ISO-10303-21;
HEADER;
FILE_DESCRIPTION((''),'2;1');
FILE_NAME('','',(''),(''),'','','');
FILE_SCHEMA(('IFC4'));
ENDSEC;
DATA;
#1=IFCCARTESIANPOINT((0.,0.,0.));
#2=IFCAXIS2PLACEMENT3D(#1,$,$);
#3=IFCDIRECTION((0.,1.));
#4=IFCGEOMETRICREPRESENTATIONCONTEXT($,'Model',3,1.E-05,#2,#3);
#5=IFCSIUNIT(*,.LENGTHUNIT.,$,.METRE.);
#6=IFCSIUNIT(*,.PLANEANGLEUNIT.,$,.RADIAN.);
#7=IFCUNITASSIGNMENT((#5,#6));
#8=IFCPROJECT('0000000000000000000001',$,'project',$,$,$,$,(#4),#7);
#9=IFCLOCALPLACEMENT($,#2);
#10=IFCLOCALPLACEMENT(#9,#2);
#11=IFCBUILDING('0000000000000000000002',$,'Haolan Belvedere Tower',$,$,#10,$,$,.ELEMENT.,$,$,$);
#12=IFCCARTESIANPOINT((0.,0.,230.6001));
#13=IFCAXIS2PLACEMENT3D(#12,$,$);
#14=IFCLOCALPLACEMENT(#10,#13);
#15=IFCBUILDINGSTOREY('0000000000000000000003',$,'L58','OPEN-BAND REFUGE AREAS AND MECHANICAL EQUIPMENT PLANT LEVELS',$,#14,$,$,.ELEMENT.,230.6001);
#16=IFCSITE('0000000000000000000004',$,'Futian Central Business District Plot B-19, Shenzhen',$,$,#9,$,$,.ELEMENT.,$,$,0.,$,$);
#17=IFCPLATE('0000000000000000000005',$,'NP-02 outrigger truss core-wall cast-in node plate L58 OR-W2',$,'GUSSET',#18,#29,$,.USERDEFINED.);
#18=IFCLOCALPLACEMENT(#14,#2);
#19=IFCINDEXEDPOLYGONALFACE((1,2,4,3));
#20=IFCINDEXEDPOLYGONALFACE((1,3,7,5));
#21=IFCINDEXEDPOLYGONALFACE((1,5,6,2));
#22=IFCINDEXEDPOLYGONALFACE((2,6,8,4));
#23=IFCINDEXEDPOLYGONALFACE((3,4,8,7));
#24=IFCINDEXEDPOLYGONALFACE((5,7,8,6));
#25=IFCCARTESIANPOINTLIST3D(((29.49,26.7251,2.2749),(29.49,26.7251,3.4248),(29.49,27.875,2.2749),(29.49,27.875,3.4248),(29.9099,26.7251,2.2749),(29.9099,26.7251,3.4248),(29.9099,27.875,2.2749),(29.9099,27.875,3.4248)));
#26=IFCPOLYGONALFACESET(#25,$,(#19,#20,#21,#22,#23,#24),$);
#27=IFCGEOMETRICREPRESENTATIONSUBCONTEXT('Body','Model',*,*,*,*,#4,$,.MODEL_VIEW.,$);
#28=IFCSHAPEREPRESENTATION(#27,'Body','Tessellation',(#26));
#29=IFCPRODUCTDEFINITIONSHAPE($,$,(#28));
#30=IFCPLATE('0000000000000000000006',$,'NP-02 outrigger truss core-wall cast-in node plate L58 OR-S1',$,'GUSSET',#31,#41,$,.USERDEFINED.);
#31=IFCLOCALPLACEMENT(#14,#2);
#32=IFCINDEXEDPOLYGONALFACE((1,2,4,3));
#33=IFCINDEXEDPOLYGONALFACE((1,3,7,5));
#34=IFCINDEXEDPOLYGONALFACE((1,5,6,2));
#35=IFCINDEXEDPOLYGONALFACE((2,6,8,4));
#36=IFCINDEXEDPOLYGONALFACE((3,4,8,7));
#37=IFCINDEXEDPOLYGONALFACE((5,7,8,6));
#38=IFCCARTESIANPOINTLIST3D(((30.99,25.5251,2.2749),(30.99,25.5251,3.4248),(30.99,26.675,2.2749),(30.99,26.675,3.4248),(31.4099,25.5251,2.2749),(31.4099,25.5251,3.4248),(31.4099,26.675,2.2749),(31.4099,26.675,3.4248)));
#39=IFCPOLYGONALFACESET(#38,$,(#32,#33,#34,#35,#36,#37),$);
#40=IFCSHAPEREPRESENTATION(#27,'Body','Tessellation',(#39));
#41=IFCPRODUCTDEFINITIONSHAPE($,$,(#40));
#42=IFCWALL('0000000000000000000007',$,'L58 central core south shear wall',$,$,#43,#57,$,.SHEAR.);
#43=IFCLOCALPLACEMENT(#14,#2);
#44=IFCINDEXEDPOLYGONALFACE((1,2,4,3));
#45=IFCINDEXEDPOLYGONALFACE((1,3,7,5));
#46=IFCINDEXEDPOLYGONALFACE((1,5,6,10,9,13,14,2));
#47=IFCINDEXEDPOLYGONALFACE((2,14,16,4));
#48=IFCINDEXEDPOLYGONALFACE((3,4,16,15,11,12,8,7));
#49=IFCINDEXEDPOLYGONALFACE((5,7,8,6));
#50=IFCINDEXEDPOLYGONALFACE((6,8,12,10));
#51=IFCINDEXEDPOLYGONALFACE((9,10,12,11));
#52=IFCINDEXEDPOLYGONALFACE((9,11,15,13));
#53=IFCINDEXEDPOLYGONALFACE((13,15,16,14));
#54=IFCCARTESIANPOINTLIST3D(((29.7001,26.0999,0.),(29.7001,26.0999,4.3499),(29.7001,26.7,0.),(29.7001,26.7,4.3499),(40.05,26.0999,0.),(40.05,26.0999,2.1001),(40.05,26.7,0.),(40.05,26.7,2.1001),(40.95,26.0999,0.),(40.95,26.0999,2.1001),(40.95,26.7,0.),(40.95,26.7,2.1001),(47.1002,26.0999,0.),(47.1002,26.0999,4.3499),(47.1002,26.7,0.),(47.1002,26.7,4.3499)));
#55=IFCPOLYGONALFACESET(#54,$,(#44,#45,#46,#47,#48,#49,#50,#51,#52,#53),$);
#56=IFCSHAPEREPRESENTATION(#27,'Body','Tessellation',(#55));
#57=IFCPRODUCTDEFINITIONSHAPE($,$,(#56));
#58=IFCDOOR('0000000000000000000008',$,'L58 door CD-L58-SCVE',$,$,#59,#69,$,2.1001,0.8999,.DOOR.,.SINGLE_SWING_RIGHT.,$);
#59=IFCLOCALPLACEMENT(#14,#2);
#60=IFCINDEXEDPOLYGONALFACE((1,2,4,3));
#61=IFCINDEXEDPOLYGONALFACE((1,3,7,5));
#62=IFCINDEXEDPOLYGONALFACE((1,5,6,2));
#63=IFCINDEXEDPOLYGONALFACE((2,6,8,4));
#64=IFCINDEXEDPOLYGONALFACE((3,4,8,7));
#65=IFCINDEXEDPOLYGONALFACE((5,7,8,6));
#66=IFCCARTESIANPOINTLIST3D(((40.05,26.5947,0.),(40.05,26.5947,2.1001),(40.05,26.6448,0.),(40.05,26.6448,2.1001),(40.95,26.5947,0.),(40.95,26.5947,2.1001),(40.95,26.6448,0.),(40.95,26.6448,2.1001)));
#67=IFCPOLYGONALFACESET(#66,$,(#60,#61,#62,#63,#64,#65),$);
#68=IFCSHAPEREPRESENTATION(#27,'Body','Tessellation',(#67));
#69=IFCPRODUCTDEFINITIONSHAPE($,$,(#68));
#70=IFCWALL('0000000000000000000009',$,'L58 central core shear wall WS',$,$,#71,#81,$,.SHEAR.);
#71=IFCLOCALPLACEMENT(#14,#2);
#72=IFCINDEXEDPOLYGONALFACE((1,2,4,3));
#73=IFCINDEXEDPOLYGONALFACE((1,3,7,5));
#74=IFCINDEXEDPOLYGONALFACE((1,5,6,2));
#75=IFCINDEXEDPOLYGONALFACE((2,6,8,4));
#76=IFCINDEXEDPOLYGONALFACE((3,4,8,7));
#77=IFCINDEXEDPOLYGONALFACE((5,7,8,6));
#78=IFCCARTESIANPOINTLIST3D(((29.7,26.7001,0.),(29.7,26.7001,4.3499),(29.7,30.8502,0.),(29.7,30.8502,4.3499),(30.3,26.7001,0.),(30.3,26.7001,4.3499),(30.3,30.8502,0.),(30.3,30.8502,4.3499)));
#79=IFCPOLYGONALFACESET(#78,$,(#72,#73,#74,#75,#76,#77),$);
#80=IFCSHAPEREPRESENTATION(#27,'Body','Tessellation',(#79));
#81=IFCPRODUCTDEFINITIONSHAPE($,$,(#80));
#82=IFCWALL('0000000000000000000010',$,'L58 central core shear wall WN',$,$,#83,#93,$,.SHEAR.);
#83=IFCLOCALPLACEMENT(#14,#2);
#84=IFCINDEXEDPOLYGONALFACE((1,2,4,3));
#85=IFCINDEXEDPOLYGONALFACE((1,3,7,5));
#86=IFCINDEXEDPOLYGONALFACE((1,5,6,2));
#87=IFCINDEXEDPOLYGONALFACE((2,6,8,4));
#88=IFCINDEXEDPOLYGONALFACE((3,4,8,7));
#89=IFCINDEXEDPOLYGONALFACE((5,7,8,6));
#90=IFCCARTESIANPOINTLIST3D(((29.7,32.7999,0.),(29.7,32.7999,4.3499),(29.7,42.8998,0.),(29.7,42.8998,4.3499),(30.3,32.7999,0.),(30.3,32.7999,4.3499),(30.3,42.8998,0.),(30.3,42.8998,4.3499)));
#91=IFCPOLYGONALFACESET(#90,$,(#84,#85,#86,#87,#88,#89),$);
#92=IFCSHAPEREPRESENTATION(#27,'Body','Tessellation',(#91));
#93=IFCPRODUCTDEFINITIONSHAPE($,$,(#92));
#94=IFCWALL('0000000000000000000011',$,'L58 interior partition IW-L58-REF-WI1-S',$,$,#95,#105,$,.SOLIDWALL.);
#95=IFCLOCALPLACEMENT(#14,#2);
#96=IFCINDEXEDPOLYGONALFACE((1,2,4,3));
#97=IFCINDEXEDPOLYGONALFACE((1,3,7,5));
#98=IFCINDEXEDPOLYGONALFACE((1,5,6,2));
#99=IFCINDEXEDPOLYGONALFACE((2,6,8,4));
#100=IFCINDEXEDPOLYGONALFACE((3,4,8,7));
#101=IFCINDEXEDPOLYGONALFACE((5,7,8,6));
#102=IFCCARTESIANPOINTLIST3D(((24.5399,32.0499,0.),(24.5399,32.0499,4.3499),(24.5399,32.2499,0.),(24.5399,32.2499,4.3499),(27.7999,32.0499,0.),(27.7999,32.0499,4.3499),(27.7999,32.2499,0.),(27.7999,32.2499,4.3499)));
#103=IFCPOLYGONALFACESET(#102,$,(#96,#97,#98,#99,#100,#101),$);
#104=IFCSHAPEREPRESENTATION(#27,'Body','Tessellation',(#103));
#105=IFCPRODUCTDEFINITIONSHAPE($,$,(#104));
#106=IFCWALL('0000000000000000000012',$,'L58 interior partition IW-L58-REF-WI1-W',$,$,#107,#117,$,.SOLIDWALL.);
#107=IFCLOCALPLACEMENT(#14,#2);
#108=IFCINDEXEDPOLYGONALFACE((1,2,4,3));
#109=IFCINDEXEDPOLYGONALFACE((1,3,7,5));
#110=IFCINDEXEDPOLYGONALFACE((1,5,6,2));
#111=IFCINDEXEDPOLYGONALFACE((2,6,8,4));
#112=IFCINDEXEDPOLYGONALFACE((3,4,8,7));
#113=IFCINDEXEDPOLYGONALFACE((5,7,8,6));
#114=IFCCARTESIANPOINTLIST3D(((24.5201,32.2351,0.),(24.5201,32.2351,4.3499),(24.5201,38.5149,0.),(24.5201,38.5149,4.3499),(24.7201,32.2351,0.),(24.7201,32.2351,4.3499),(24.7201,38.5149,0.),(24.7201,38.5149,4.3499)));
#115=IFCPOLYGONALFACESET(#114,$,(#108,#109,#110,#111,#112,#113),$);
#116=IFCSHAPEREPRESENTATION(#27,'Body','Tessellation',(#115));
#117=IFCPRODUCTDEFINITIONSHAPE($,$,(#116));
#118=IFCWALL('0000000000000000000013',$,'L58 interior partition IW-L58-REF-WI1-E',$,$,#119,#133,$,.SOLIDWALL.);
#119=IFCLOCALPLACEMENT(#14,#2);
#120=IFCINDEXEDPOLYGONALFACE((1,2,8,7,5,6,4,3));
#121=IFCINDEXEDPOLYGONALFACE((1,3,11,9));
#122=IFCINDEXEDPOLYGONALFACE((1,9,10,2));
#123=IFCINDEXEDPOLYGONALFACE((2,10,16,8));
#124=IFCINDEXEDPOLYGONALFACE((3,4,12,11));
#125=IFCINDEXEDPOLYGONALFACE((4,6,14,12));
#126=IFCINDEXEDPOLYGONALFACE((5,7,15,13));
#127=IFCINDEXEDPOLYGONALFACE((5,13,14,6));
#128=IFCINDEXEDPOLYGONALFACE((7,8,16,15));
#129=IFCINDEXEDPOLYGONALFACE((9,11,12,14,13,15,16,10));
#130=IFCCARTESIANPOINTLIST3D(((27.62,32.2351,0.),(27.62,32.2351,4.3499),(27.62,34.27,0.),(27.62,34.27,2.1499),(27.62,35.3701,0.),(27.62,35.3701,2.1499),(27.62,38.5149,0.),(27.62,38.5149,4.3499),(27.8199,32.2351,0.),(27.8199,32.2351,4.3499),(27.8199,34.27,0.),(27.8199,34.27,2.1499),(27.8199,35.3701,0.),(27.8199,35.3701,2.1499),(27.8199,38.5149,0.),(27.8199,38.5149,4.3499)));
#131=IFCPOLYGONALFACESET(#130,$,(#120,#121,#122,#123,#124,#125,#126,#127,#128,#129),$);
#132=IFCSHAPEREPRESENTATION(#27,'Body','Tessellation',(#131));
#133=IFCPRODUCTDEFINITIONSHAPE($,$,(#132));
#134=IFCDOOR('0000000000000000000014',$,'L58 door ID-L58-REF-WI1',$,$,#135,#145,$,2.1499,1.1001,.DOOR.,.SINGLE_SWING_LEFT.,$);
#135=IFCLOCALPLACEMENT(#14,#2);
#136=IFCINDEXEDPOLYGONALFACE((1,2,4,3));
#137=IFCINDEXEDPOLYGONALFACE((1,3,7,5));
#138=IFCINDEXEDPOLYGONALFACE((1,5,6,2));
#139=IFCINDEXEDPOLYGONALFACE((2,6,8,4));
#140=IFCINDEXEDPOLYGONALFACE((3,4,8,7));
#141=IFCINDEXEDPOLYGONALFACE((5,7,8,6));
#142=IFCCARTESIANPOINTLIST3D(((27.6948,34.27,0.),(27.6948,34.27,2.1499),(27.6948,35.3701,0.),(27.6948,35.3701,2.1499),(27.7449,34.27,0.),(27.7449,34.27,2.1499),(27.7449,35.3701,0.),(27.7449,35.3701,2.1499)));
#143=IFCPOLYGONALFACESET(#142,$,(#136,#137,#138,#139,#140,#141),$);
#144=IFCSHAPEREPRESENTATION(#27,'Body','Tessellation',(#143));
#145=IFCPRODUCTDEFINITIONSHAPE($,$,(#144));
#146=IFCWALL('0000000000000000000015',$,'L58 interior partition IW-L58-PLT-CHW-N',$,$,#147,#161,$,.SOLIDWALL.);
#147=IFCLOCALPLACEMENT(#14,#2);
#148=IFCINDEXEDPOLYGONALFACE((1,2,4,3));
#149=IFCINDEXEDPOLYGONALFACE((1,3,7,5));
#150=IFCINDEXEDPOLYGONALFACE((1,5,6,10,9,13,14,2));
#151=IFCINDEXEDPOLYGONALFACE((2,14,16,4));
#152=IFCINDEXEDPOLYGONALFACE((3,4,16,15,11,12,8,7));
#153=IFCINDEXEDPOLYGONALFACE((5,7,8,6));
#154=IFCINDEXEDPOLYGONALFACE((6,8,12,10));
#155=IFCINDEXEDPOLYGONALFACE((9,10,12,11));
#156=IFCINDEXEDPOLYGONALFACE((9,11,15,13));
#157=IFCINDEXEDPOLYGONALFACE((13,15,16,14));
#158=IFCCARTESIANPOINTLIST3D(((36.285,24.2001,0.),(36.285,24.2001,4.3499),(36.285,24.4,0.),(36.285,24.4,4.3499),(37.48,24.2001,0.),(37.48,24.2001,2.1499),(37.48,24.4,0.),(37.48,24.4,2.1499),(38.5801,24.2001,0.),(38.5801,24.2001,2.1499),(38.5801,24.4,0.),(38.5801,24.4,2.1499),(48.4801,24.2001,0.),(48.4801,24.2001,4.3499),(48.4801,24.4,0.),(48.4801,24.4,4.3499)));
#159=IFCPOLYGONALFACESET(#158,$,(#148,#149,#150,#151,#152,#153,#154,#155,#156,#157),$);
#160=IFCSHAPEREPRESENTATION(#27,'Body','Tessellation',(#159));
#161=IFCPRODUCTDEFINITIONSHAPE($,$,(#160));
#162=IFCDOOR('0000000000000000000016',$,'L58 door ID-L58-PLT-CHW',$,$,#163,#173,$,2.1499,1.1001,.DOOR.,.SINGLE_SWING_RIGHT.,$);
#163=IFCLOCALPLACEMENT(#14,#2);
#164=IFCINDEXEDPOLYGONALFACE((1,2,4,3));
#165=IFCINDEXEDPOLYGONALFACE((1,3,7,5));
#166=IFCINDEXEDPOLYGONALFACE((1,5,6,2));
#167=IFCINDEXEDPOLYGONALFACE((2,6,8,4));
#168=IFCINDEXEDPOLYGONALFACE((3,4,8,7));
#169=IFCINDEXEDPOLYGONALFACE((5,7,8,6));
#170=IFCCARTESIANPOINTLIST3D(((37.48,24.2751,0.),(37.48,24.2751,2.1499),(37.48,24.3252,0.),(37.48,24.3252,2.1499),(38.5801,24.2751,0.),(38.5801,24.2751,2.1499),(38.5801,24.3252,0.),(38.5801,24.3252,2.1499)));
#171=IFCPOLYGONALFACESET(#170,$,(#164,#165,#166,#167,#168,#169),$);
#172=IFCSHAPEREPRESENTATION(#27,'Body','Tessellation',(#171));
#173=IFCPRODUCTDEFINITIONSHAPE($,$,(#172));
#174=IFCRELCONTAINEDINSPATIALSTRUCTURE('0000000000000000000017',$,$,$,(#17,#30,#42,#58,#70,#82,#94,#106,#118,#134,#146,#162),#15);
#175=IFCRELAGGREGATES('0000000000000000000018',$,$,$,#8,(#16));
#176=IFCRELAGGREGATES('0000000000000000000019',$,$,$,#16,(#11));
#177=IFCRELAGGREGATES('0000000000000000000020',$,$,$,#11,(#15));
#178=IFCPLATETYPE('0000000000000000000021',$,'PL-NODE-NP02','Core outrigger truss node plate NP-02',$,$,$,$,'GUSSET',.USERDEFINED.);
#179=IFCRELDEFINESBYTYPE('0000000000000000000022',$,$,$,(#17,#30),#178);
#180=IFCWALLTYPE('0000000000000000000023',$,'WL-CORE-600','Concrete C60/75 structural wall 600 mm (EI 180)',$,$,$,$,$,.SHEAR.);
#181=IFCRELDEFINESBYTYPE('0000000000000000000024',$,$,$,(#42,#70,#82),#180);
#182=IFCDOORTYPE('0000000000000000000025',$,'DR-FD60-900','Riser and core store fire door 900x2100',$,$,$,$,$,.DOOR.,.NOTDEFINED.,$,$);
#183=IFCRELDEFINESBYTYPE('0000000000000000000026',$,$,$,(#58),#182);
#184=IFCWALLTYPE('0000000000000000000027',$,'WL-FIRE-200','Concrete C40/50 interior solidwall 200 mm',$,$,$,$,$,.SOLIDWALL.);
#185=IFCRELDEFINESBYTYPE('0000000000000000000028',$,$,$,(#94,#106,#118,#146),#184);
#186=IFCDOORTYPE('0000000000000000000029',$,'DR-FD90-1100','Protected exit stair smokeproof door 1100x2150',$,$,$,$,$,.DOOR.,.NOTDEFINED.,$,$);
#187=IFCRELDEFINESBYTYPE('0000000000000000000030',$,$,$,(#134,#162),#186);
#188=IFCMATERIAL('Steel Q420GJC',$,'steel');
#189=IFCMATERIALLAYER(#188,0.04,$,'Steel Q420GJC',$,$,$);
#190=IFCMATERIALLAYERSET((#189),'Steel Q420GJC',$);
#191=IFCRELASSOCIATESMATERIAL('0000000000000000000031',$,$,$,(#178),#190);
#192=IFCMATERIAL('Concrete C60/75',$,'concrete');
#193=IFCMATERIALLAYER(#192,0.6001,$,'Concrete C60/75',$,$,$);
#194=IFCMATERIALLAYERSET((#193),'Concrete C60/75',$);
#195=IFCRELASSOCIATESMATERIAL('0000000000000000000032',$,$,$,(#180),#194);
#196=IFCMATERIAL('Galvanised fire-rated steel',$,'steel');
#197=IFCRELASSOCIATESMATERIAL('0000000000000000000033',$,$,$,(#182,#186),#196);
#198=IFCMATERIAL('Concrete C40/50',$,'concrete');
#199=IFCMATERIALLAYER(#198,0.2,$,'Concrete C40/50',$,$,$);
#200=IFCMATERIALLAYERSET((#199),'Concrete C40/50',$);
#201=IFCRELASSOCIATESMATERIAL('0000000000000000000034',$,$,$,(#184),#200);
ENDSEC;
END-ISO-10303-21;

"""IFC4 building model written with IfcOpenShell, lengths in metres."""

from ifc_helpers import new_model, si_unit, direction, frame, frame_2d, origin, origin_2d, place, context, subcontext, project, spatial, rectangle, extrude, material, layer, layer_set, type_object, element, fill, save


model = new_model("IFC4")

# Units and contexts
model_context = context("Model", 3, precision=1e-05, world=origin(), true_north=direction((0.0, 1.0)))
body_context = subcontext(model_context, "Body", "Model", "MODEL_VIEW")
ifc_project = project(units=[si_unit("LENGTHUNIT", "METRE"), si_unit("PLANEANGLEUNIT", "RADIAN")], contexts=[model_context])

# Site, building, storey
site_placement = place(None, origin())
site = spatial("IfcSite", under=ifc_project, at=site_placement, Name="Futian Central Business District Plot B-19, Shenzhen", CompositionType="ELEMENT", RefElevation=0.0)
building_placement = place(site_placement, origin())
building = spatial("IfcBuilding", under=site, at=building_placement, Name="Haolan Belvedere Tower", CompositionType="ELEMENT")
storey_placement = place(building_placement, frame((0.0, 0.0, 230.6001)))
storey = spatial("IfcBuildingStorey", under=building, at=storey_placement, Name="L58", Description="OPEN-BAND REFUGE AREAS AND MECHANICAL EQUIPMENT PLANT LEVELS", CompositionType="ELEMENT", Elevation=230.6001)

# Shared definitions
ifc_material_1 = material(Name="Steel Q420GJC", Category="steel")
ifc_material_2 = material(Name="Concrete C60/75", Category="concrete")

# Plates
ifc_layer_1 = layer(ifc_material_1, 0.04, Name="Steel Q420GJC")
ifc_layer_set_1 = layer_set([ifc_layer_1], Name="Steel Q420GJC")
plate_type_1 = type_object("IfcPlateType", Name="PL-NODE-NP02", Description="Core outrigger truss node plate NP-02", ElementType="GUSSET", PredefinedType="USERDEFINED", material=ifc_layer_set_1)
for number, where, z_axis, x_axis, name in (
    (1, (29.7, 27.3, 2.2749), (0.0, 0.0, 1.0), (1.0, 0.0, 0.0), "NP-02 outrigger truss core-wall cast-in node plate L58 OR-W2"),
    (2, (31.2, 26.1001, 2.2749), (0.0, 0.0, 1.0), (1.0, 0.0, 0.0), "NP-02 outrigger truss core-wall cast-in node plate L58 OR-S1"),
):
    element("IfcPlate", number, at=place(storey_placement, frame(where, z_axis=z_axis, x_axis=x_axis)), inside=storey, type_object=plate_type_1, Name=name, ObjectType="GUSSET", PredefinedType="USERDEFINED", context=body_context, shape_type="SweptSolid", body=[
        extrude(rectangle(XDim=0.4199, YDim=1.1499, at=origin_2d()), origin(), (0.0, 0.0, 1.0), 1.1499),
    ])

# Wall, opening, door
ifc_layer_2 = layer(ifc_material_2, 0.6001, Name="Concrete C60/75")
ifc_layer_set_2 = layer_set([ifc_layer_2], Name="Concrete C60/75")
wall_type_1 = type_object("IfcWallType", Name="WL-CORE-600", Description="Concrete C60/75 structural wall 600 mm (EI 180)", PredefinedType="SHEAR", material=ifc_layer_set_2)
wall_1_placement = place(storey_placement, frame((29.7, 26.3999, 0.0), z_axis=(0.0, 0.0, 1.0), x_axis=(1.0, 0.0, 0.0)))
wall_1 = element("IfcWall", 3, at=wall_1_placement, inside=storey, type_object=wall_type_1, Name="L58 central core south shear wall", PredefinedType="SHEAR", context=body_context, shape_type="SweptSolid", body=[
    extrude(rectangle(XDim=17.4001, YDim=0.6001, at=frame_2d((8.7002, 0.0))), origin(), (0.0, 0.0, 1.0), 4.3499),
])
opening_1_placement = place(wall_1_placement, frame((11.25, 0.0, 0.0), z_axis=(0.0, 0.0, 1.0), x_axis=(-1.0, 0.0, 0.0)))
opening_1 = element("IfcOpeningElement", 4, at=opening_1_placement, cuts=wall_1, PredefinedType="OPENING", context=body_context, shape_type="SweptSolid", body=[
    extrude(rectangle(XDim=0.8999, YDim=2.1001, at=frame_2d((0.45, 1.05))), frame((0.0, 0.3101, 0.0), z_axis=(0.0, -1.0, 0.0), x_axis=(1.0, 0.0, 0.0)), (0.0, 0.0, 1.0), 0.6201),
])
ifc_material_3 = material(Name="Galvanised fire-rated steel", Category="steel")
door_type_1 = type_object("IfcDoorType", Name="DR-FD60-900", Description="Riser and core store fire door 900x2100", OperationType="NOTDEFINED", PredefinedType="DOOR", material=ifc_material_3)
door_1_placement = place(opening_1_placement, origin())
door_1 = element("IfcDoor", 5, at=door_1_placement, inside=storey, type_object=door_type_1, Name="L58 door CD-L58-SCVE", OperationType="SINGLE_SWING_RIGHT", OverallHeight=2.1001, OverallWidth=0.8999, PredefinedType="DOOR", context=body_context, shape_type="SweptSolid", body=[
    extrude(rectangle(XDim=0.8999, YDim=2.1001, at=frame_2d((0.45, 1.05))), frame((0.0, -0.1948, 0.0), z_axis=(0.0, -1.0, 0.0), x_axis=(1.0, 0.0, 0.0)), (0.0, 0.0, 1.0), 0.05),
])
fill(opening_1, door_1)

# Walls
wall_2_placement = place(storey_placement, frame((30.0, 26.7, 0.0), z_axis=(0.0, 0.0, 1.0), x_axis=(0.0, 1.0, 0.0)))
element("IfcWall", 6, at=wall_2_placement, inside=storey, type_object=wall_type_1, Name="L58 central core shear wall WS", PredefinedType="SHEAR", context=body_context, shape_type="SweptSolid", body=[
    extrude(rectangle(XDim=4.1501, YDim=0.6001, at=frame_2d((2.0752, 0.0))), origin(), (0.0, 0.0, 1.0), 4.3499),
])
wall_3_placement = place(storey_placement, frame((30.0, 32.8, 0.0), z_axis=(0.0, 0.0, 1.0), x_axis=(0.0, 1.0, 0.0)))
element("IfcWall", 7, at=wall_3_placement, inside=storey, type_object=wall_type_1, Name="L58 central core shear wall WN", PredefinedType="SHEAR", context=body_context, shape_type="SweptSolid", body=[
    extrude(rectangle(XDim=10.0999, YDim=0.6001, at=frame_2d((5.0498, 0.0))), origin(), (0.0, 0.0, 1.0), 4.3499),
])
ifc_material_4 = material(Name="Concrete C40/50", Category="concrete")
ifc_layer_3 = layer(ifc_material_4, 0.2, Name="Concrete C40/50")
ifc_layer_set_3 = layer_set([ifc_layer_3], Name="Concrete C40/50")
wall_type_2 = type_object("IfcWallType", Name="WL-FIRE-200", Description="Concrete C40/50 interior solidwall 200 mm", PredefinedType="SOLIDWALL", material=ifc_layer_set_3)
wall_4_placement = place(storey_placement, frame((24.54, 32.1499, 0.0), z_axis=(0.0, 0.0, 1.0), x_axis=(1.0, 0.0, 0.0)))
element("IfcWall", 8, at=wall_4_placement, inside=storey, type_object=wall_type_2, Name="L58 interior partition IW-L58-REF-WI1-S", PredefinedType="SOLIDWALL", context=body_context, shape_type="SweptSolid", body=[
    extrude(rectangle(XDim=3.26, YDim=0.2, at=frame_2d((1.6299, 0.0))), origin(), (0.0, 0.0, 1.0), 4.3499),
])
wall_5_placement = place(storey_placement, frame((24.6201, 32.2351, 0.0), z_axis=(0.0, 0.0, 1.0), x_axis=(0.0, 1.0, 0.0)))
element("IfcWall", 9, at=wall_5_placement, inside=storey, type_object=wall_type_2, Name="L58 interior partition IW-L58-REF-WI1-W", PredefinedType="SOLIDWALL", context=body_context, shape_type="SweptSolid", body=[
    extrude(rectangle(XDim=6.2798, YDim=0.2, at=frame_2d((3.1399, 0.0))), origin(), (0.0, 0.0, 1.0), 4.3499),
])

# Walls, openings, doors
wall_6_placement = place(storey_placement, frame((27.72, 32.2351, 0.0), z_axis=(0.0, 0.0, 1.0), x_axis=(0.0, 1.0, 0.0)))
wall_6 = element("IfcWall", 10, at=wall_6_placement, inside=storey, type_object=wall_type_2, Name="L58 interior partition IW-L58-REF-WI1-E", PredefinedType="SOLIDWALL", context=body_context, shape_type="SweptSolid", body=[
    extrude(rectangle(XDim=6.2798, YDim=0.2, at=frame_2d((3.1399, 0.0))), origin(), (0.0, 0.0, 1.0), 4.3499),
])
opening_2_placement = place(wall_6_placement, frame((3.135, 0.0, 0.0), z_axis=(0.0, 0.0, 1.0), x_axis=(-1.0, 0.0, 0.0)))
opening_2 = element("IfcOpeningElement", 11, at=opening_2_placement, cuts=wall_6, PredefinedType="OPENING", context=body_context, shape_type="SweptSolid", body=[
    extrude(rectangle(XDim=1.1001, YDim=2.1499, at=frame_2d((0.55, 1.075))), frame((0.0, 0.1099, 0.0), z_axis=(0.0, -1.0, 0.0), x_axis=(1.0, 0.0, 0.0)), (0.0, 0.0, 1.0), 0.22),
])
door_type_2 = type_object("IfcDoorType", Name="DR-FD90-1100", Description="Protected exit stair smokeproof door 1100x2150", OperationType="NOTDEFINED", PredefinedType="DOOR", material=ifc_material_3)
door_2_placement = place(opening_2_placement, origin())
door_2 = element("IfcDoor", 12, at=door_2_placement, inside=storey, type_object=door_type_2, Name="L58 door ID-L58-REF-WI1", OperationType="SINGLE_SWING_LEFT", OverallHeight=2.1499, OverallWidth=1.1001, PredefinedType="DOOR", context=body_context, shape_type="SweptSolid", body=[
    extrude(rectangle(XDim=1.1001, YDim=2.1499, at=frame_2d((0.55, 1.075))), frame((0.0, 0.0249, 0.0), z_axis=(0.0, -1.0, 0.0), x_axis=(1.0, 0.0, 0.0)), (0.0, 0.0, 1.0), 0.05),
])
fill(opening_2, door_2)
wall_7_placement = place(storey_placement, frame((36.2849, 24.3, 0.0), z_axis=(0.0, 0.0, 1.0), x_axis=(1.0, 0.0, 0.0)))
wall_7 = element("IfcWall", 13, at=wall_7_placement, inside=storey, type_object=wall_type_2, Name="L58 interior partition IW-L58-PLT-CHW-N", PredefinedType="SOLIDWALL", context=body_context, shape_type="SweptSolid", body=[
    extrude(rectangle(XDim=12.1951, YDim=0.2, at=frame_2d((6.0977, 0.0))), origin(), (0.0, 0.0, 1.0), 4.3499),
])
opening_3_placement = place(wall_7_placement, frame((2.2952, 0.0, 0.0), z_axis=(0.0, 0.0, 1.0), x_axis=(-1.0, 0.0, 0.0)))
opening_3 = element("IfcOpeningElement", 14, at=opening_3_placement, cuts=wall_7, PredefinedType="OPENING", context=body_context, shape_type="SweptSolid", body=[
    extrude(rectangle(XDim=1.1001, YDim=2.1499, at=frame_2d((0.55, 1.075))), frame((0.0, 0.1099, 0.0), z_axis=(0.0, -1.0, 0.0), x_axis=(1.0, 0.0, 0.0)), (0.0, 0.0, 1.0), 0.22),
])
door_3_placement = place(opening_3_placement, origin())
door_3 = element("IfcDoor", 15, at=door_3_placement, inside=storey, type_object=door_type_2, Name="L58 door ID-L58-PLT-CHW", OperationType="SINGLE_SWING_RIGHT", OverallHeight=2.1499, OverallWidth=1.1001, PredefinedType="DOOR", context=body_context, shape_type="SweptSolid", body=[
    extrude(rectangle(XDim=1.1001, YDim=2.1499, at=frame_2d((0.55, 1.075))), frame((0.0, 0.0249, 0.0), z_axis=(0.0, -1.0, 0.0), x_axis=(1.0, 0.0, 0.0)), (0.0, 0.0, 1.0), 0.05),
])
fill(opening_3, door_3)

save(model, "model.ifc")
